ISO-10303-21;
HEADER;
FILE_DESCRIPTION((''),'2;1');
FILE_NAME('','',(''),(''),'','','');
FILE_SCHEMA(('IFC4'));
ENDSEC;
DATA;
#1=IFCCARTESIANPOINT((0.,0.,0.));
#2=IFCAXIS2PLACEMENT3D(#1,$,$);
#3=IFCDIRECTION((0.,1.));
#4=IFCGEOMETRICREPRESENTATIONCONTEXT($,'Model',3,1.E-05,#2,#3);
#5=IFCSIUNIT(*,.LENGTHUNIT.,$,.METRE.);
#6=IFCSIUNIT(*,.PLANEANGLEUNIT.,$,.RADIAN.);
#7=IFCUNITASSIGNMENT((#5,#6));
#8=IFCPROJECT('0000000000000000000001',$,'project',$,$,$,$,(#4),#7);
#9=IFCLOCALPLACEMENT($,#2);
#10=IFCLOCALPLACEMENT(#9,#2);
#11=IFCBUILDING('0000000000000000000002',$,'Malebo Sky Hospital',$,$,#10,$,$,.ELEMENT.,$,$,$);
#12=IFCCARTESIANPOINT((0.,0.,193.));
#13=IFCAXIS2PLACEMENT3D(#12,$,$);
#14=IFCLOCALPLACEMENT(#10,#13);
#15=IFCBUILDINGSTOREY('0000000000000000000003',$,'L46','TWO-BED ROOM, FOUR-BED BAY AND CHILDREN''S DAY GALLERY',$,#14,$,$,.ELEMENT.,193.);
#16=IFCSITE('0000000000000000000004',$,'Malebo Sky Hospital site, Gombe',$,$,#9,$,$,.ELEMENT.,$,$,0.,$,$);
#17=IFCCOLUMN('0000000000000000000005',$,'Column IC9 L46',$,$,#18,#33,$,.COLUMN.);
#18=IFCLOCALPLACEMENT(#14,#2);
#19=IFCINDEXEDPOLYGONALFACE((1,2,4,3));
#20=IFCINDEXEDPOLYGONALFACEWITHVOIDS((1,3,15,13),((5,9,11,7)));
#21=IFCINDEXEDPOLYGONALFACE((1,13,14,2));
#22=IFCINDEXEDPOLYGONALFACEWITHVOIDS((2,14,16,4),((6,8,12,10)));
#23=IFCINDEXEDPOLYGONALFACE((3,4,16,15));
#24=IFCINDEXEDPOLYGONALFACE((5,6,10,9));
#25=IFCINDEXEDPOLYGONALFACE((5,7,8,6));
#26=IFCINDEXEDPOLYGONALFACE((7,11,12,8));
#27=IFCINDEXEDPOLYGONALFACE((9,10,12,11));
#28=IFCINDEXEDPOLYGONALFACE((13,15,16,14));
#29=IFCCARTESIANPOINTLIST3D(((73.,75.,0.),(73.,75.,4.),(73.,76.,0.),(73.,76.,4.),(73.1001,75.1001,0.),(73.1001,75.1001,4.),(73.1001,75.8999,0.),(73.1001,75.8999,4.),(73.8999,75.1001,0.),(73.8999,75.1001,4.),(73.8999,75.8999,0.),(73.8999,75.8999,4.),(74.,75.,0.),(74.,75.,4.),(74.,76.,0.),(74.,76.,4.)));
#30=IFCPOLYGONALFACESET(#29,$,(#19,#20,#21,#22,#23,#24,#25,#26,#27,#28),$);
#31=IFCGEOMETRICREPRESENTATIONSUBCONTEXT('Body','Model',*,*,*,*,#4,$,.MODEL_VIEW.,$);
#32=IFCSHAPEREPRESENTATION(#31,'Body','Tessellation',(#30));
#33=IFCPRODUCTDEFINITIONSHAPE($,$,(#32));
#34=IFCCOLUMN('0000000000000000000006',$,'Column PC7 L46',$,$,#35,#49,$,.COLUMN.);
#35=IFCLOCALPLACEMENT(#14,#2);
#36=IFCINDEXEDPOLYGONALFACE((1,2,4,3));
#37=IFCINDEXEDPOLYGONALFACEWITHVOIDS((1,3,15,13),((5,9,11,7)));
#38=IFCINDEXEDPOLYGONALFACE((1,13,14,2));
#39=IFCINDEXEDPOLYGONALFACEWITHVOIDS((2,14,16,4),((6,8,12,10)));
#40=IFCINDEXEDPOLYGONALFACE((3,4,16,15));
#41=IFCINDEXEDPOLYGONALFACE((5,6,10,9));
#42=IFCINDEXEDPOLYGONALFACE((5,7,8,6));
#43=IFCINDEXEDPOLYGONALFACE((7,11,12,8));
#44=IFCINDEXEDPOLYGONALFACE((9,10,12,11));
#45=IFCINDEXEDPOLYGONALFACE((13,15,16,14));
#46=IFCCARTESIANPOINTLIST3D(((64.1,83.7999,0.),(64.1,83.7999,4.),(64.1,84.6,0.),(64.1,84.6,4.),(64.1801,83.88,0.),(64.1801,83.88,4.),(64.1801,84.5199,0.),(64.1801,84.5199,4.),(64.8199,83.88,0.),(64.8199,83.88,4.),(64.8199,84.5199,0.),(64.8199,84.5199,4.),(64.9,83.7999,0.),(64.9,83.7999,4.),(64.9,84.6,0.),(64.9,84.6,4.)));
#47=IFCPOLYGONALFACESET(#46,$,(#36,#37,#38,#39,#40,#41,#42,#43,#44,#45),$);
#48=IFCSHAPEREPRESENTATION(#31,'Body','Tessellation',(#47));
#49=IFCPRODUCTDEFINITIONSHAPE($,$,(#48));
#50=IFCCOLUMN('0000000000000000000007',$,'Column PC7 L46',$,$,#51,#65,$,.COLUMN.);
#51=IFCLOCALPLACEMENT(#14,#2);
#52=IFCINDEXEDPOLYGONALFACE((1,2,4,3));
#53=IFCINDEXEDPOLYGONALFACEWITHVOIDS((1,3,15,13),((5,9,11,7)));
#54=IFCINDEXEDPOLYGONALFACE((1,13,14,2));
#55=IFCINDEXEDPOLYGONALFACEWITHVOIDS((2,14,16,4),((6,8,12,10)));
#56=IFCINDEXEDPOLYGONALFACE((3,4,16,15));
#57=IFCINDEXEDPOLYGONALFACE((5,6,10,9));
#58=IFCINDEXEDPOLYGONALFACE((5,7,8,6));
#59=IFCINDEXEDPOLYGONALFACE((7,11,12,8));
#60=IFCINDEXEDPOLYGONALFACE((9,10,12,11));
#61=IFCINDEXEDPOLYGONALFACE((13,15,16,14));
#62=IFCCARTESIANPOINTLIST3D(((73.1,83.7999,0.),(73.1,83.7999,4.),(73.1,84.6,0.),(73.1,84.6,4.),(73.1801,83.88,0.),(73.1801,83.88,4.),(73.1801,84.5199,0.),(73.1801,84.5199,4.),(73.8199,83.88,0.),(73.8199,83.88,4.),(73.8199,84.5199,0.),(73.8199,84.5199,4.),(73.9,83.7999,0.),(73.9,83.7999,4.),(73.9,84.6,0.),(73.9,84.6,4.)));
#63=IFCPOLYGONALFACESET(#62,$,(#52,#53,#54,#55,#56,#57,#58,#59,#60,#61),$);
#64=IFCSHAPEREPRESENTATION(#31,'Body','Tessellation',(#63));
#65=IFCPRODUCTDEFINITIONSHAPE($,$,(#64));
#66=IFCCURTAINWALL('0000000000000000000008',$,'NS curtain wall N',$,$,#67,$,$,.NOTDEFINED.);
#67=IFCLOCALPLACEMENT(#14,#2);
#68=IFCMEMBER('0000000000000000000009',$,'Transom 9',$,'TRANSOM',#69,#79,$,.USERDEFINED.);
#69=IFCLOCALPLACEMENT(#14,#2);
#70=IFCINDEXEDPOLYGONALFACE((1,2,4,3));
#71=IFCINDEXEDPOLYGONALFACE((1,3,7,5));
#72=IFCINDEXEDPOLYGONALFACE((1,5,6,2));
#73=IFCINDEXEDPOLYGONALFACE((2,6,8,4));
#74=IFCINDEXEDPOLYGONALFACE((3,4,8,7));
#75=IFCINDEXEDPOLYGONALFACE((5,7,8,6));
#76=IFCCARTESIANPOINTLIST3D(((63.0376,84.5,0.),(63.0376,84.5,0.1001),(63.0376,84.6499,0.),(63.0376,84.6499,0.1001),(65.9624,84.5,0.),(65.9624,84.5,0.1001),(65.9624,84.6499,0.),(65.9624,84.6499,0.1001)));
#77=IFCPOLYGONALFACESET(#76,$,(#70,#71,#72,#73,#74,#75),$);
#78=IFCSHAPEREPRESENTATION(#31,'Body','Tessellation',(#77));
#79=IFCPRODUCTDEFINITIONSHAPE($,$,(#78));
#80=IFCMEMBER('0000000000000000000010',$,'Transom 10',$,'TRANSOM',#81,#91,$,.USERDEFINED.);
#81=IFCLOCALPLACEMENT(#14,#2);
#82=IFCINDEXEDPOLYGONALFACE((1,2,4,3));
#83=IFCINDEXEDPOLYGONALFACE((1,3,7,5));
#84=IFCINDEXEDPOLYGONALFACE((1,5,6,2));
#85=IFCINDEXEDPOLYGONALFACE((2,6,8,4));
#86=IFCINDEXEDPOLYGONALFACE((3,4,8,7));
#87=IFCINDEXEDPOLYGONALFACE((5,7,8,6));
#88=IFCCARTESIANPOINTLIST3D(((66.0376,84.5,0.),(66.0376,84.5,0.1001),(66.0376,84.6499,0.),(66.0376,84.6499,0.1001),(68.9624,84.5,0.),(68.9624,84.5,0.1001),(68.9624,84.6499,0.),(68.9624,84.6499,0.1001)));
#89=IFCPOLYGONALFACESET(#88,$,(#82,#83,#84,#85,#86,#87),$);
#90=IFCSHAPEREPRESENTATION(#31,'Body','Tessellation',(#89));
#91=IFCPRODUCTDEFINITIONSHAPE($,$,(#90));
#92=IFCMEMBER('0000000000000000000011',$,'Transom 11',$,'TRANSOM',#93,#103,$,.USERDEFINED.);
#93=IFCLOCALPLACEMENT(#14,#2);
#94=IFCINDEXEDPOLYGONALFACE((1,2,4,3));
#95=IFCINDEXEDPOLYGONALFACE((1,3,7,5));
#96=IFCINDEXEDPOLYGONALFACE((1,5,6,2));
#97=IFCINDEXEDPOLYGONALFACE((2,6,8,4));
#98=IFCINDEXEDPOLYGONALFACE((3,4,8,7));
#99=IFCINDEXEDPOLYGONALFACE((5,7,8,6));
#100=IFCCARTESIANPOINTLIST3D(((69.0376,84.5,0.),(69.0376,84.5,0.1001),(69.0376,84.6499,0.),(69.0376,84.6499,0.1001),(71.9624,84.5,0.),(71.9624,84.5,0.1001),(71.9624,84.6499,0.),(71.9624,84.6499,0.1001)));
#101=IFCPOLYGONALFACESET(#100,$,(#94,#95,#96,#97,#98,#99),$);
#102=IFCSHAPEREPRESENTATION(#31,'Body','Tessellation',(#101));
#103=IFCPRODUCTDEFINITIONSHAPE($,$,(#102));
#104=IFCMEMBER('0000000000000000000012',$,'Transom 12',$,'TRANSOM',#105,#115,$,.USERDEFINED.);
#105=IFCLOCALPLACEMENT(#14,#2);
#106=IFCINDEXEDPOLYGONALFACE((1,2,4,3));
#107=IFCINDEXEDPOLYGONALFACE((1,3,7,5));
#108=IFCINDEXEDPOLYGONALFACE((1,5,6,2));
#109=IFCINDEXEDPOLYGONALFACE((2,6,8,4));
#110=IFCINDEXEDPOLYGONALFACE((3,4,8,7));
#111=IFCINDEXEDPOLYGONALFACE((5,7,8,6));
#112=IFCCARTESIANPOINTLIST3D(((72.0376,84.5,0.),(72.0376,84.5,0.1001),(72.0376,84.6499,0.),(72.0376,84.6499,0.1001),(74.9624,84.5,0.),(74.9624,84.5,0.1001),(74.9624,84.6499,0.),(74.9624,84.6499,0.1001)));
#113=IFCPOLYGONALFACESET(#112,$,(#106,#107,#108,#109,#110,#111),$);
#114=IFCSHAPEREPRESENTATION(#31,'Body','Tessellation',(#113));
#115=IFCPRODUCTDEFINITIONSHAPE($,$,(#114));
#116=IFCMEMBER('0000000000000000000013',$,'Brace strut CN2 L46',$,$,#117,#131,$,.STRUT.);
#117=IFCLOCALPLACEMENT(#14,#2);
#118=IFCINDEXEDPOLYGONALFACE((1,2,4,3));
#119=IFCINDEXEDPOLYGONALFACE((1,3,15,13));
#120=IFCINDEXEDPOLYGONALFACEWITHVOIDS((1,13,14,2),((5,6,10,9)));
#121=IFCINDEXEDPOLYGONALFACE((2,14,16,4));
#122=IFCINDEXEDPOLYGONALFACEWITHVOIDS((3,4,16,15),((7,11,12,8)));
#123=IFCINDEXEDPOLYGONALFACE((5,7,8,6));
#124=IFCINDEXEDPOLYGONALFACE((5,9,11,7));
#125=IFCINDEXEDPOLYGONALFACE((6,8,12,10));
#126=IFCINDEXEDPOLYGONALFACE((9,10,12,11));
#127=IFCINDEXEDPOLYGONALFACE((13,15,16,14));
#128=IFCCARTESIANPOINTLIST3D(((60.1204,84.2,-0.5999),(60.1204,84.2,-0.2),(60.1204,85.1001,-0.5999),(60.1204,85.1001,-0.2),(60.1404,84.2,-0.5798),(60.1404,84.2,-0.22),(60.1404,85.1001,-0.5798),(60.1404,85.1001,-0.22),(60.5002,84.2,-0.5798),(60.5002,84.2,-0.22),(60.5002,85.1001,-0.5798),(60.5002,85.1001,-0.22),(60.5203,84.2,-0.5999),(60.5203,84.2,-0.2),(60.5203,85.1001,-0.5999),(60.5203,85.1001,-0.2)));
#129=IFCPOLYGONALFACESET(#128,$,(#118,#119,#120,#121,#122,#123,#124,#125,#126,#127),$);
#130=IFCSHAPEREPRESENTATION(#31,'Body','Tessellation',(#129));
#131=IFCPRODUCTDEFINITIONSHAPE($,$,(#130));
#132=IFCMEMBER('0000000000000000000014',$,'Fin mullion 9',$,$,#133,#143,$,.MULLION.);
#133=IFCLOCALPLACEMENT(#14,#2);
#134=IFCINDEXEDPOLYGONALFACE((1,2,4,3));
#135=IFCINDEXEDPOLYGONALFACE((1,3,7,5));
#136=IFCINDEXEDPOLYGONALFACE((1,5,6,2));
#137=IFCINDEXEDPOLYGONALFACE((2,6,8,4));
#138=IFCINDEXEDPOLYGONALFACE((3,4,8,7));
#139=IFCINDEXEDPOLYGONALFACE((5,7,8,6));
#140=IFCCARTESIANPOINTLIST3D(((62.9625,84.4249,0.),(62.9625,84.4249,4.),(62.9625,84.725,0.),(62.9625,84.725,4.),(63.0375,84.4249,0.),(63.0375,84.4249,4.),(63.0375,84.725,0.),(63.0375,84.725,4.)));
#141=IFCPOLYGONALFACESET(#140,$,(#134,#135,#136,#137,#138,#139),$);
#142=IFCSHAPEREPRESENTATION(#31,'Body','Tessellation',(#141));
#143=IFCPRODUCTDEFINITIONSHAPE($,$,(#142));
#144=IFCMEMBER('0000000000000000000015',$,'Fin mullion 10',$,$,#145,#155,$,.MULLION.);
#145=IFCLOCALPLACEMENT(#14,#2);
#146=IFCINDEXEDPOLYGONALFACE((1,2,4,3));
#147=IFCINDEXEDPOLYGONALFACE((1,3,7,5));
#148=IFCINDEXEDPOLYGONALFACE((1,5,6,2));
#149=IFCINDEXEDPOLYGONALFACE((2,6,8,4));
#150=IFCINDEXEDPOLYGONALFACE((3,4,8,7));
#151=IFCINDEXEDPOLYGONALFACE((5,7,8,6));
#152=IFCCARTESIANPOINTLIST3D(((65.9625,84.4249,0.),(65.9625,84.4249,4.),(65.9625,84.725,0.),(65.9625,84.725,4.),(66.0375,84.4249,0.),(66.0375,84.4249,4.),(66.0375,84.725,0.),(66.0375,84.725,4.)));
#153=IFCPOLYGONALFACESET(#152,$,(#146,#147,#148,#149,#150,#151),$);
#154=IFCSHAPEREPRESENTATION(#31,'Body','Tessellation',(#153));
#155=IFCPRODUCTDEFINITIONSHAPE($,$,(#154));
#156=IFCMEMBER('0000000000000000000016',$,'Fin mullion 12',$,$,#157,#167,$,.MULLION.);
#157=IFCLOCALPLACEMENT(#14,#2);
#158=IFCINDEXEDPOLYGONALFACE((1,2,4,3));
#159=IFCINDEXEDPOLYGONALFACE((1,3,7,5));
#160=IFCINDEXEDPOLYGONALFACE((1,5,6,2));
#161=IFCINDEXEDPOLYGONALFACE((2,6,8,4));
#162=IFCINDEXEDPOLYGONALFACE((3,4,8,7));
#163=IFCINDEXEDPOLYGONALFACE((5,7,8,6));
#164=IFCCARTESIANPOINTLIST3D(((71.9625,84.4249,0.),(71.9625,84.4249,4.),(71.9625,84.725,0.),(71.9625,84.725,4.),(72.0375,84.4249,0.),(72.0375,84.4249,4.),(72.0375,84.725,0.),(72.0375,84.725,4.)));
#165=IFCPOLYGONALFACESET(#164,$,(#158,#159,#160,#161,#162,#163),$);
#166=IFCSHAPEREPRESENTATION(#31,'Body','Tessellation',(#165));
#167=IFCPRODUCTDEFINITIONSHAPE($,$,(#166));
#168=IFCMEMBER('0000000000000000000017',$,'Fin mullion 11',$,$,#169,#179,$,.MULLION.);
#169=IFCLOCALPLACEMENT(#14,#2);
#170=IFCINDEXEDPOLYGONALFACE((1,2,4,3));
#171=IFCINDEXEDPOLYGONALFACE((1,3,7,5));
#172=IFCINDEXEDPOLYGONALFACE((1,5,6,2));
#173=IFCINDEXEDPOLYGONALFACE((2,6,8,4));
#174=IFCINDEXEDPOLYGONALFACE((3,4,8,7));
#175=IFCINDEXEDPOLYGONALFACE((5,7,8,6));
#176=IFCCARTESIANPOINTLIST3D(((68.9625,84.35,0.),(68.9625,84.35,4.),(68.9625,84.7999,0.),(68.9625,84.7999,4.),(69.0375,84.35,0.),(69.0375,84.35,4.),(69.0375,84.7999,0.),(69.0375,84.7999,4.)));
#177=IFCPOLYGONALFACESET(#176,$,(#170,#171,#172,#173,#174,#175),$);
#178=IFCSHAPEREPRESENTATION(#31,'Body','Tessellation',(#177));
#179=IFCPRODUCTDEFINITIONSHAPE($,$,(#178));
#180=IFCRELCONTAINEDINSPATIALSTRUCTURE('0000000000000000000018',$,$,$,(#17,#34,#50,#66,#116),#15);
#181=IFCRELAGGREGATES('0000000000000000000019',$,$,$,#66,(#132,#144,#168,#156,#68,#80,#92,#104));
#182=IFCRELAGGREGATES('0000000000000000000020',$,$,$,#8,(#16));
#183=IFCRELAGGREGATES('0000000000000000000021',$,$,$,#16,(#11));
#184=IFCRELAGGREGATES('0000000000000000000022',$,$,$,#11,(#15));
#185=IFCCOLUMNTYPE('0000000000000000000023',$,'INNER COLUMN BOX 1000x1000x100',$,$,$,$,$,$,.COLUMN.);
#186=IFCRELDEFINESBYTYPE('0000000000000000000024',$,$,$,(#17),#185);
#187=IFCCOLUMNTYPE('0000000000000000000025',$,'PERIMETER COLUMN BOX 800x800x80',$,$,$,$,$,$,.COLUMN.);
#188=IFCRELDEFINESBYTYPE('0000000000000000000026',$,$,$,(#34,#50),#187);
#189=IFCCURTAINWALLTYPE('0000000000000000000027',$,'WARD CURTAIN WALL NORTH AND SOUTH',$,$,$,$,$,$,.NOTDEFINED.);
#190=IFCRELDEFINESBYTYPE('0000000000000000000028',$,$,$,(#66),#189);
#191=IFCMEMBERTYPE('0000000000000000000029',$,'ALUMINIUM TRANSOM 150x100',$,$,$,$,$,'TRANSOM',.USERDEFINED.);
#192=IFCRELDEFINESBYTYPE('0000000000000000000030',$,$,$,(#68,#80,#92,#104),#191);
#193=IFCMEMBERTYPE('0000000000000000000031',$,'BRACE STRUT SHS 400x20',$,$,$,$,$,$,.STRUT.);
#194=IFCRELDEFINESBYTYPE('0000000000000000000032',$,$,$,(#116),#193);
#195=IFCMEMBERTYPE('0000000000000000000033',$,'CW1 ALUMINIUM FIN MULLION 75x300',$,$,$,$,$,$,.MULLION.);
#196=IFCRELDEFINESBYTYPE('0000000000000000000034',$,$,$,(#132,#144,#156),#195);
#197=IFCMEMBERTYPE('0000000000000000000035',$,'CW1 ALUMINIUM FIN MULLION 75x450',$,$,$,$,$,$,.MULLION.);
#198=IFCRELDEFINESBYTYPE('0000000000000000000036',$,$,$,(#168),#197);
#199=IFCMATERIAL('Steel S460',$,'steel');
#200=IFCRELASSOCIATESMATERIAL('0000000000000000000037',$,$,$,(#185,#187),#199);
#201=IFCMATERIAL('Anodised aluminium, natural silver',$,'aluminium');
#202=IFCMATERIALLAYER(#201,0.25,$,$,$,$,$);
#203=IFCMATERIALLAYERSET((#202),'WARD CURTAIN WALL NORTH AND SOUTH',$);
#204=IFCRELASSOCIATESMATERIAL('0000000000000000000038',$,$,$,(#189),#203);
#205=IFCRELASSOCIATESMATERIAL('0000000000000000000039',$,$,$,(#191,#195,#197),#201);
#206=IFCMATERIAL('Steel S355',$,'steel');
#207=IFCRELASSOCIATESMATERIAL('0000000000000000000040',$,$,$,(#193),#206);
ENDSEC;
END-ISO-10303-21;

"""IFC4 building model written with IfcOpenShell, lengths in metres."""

from ifc_helpers import new_model, si_unit, direction, frame, origin, origin_2d, place, context, subcontext, project, spatial, rectangle, hollow_rectangle, extrude, material, layer, layer_set, material_profile, profile_set, type_object, element, aggregate, save


model = new_model("IFC4")

# Units and contexts
model_context = context("Model", 3, precision=1e-05, world=origin(), true_north=direction((0.0, 1.0)))
body_context = subcontext(model_context, "Body", "Model", "MODEL_VIEW")
ifc_project = project(units=[si_unit("LENGTHUNIT", "METRE"), si_unit("PLANEANGLEUNIT", "RADIAN")], contexts=[model_context])

# Site, building, storey
site_placement = place(None, origin())
site = spatial("IfcSite", under=ifc_project, at=site_placement, Name="Malebo Sky Hospital site, Gombe", CompositionType="ELEMENT", RefElevation=0.0)
building_placement = place(site_placement, origin())
building = spatial("IfcBuilding", under=site, at=building_placement, Name="Malebo Sky Hospital", CompositionType="ELEMENT")
storey_placement = place(building_placement, frame((0.0, 0.0, 193.0)))
storey = spatial("IfcBuildingStorey", under=building, at=storey_placement, Name="L46", Description="TWO-BED ROOM, FOUR-BED BAY AND CHILDREN'S DAY GALLERY", CompositionType="ELEMENT", Elevation=193.0)

# Columns
ifc_material_1 = material(Name="Steel S460", Category="steel")
ifc_material_profile_1 = material_profile(ifc_material_1, hollow_rectangle(XDim=1.0, YDim=1.0, WallThickness=0.1001, at=origin_2d()), Name="BOX 1000x1000x100")
ifc_profile_set_1 = profile_set([ifc_material_profile_1], Name="Steel S460")
column_type_1 = type_object("IfcColumnType", Name="INNER COLUMN BOX 1000x1000x100", PredefinedType="COLUMN", material=ifc_profile_set_1)
column_placement = place(storey_placement, frame((73.5, 75.5, 0.0), z_axis=(0.0, 0.0, 1.0), x_axis=(1.0, 0.0, 0.0)))
element("IfcColumn", 1, at=column_placement, inside=storey, type_object=column_type_1, Name="Column IC9 L46", PredefinedType="COLUMN", context=body_context, shape_type="SweptSolid", body=[
    extrude(hollow_rectangle(XDim=1.0, YDim=1.0, WallThickness=0.1001, at=origin_2d()), origin(), (0.0, 0.0, 1.0), 4.0),
])
ifc_material_profile_2 = material_profile(ifc_material_1, hollow_rectangle(XDim=0.8, YDim=0.8, WallThickness=0.0801, at=origin_2d()), Name="BOX 800x800x80")
ifc_profile_set_2 = profile_set([ifc_material_profile_2], Name="Steel S460")
column_type_2 = type_object("IfcColumnType", Name="PERIMETER COLUMN BOX 800x800x80", PredefinedType="COLUMN", material=ifc_profile_set_2)
for number, where, z_axis, x_axis, name in (
    (2, (64.5, 84.2, 0.0), (0.0, 0.0, 1.0), (1.0, 0.0, 0.0), "Column PC7 L46"),
    (3, (73.5, 84.2, 0.0), (0.0, 0.0, 1.0), (1.0, 0.0, 0.0), "Column PC7 L46"),
):
    element("IfcColumn", number, at=place(storey_placement, frame(where, z_axis=z_axis, x_axis=x_axis)), inside=storey, type_object=column_type_2, Name=name, PredefinedType="COLUMN", context=body_context, shape_type="SweptSolid", body=[
        extrude(hollow_rectangle(XDim=0.8, YDim=0.8, WallThickness=0.0801, at=origin_2d()), origin(), (0.0, 0.0, 1.0), 4.0),
    ])

# Curtain wall, members
ifc_material_2 = material(Name="Anodised aluminium, natural silver", Category="aluminium")
ifc_layer_1 = layer(ifc_material_2, 0.25)
ifc_layer_set_1 = layer_set([ifc_layer_1], Name="WARD CURTAIN WALL NORTH AND SOUTH")
curtain_wall_type = type_object("IfcCurtainWallType", Name="WARD CURTAIN WALL NORTH AND SOUTH", PredefinedType="NOTDEFINED", material=ifc_layer_set_1)
curtain_wall_placement = place(storey_placement, origin())
curtain_wall = element("IfcCurtainWall", 4, at=curtain_wall_placement, inside=storey, type_object=curtain_wall_type, Name="NS curtain wall N", PredefinedType="NOTDEFINED")
ifc_material_profile_3 = material_profile(ifc_material_2, rectangle(XDim=0.1499, YDim=0.1001, at=origin_2d()), Name="ALUMINIUM TRANSOM 150x100")
ifc_profile_set_3 = profile_set([ifc_material_profile_3], Name="Anodised aluminium, natural silver")
member_type_1 = type_object("IfcMemberType", Name="ALUMINIUM TRANSOM 150x100", ElementType="TRANSOM", PredefinedType="USERDEFINED", material=ifc_profile_set_3)
member_1_placement = place(storey_placement, frame((63.0376, 84.575, 0.05), z_axis=(1.0, 0.0, 0.0), x_axis=(0.0, 1.0, 0.0)))
member_1 = element("IfcMember", 5, at=member_1_placement, type_object=member_type_1, Name="Transom 9", ObjectType="TRANSOM", PredefinedType="USERDEFINED", context=body_context, shape_type="SweptSolid", body=[
    extrude(rectangle(XDim=0.1499, YDim=0.1001, at=origin_2d()), origin(), (0.0, 0.0, 1.0), 2.9248),
])
member_2_placement = place(storey_placement, frame((66.0376, 84.575, 0.05), z_axis=(1.0, 0.0, 0.0), x_axis=(0.0, 1.0, 0.0)))
member_2 = element("IfcMember", 6, at=member_2_placement, type_object=member_type_1, Name="Transom 10", ObjectType="TRANSOM", PredefinedType="USERDEFINED", context=body_context, shape_type="SweptSolid", body=[
    extrude(rectangle(XDim=0.1499, YDim=0.1001, at=origin_2d()), origin(), (0.0, 0.0, 1.0), 2.9248),
])
member_3_placement = place(storey_placement, frame((69.0376, 84.575, 0.05), z_axis=(1.0, 0.0, 0.0), x_axis=(0.0, 1.0, 0.0)))
member_3 = element("IfcMember", 7, at=member_3_placement, type_object=member_type_1, Name="Transom 11", ObjectType="TRANSOM", PredefinedType="USERDEFINED", context=body_context, shape_type="SweptSolid", body=[
    extrude(rectangle(XDim=0.1499, YDim=0.1001, at=origin_2d()), origin(), (0.0, 0.0, 1.0), 2.9248),
])
member_4_placement = place(storey_placement, frame((72.0376, 84.575, 0.05), z_axis=(1.0, 0.0, 0.0), x_axis=(0.0, 1.0, 0.0)))
member_4 = element("IfcMember", 8, at=member_4_placement, type_object=member_type_1, Name="Transom 12", ObjectType="TRANSOM", PredefinedType="USERDEFINED", context=body_context, shape_type="SweptSolid", body=[
    extrude(rectangle(XDim=0.1499, YDim=0.1001, at=origin_2d()), origin(), (0.0, 0.0, 1.0), 2.9248),
])

# Members
ifc_material_3 = material(Name="Steel S355", Category="steel")
ifc_material_profile_4 = material_profile(ifc_material_3, hollow_rectangle(XDim=0.3999, YDim=0.3999, WallThickness=0.02, at=origin_2d()), Name="SHS 400x20")
ifc_profile_set_4 = profile_set([ifc_material_profile_4], Name="Steel S355")
member_type_2 = type_object("IfcMemberType", Name="BRACE STRUT SHS 400x20", PredefinedType="STRUT", material=ifc_profile_set_4)
member_5_placement = place(storey_placement, frame((60.3203, 85.1001, -0.3999), z_axis=(0.0, -1.0, 0.0), x_axis=(1.0, 0.0, 0.0)))
element("IfcMember", 9, at=member_5_placement, inside=storey, type_object=member_type_2, Name="Brace strut CN2 L46", PredefinedType="STRUT", context=body_context, shape_type="SweptSolid", body=[
    extrude(hollow_rectangle(XDim=0.3999, YDim=0.3999, WallThickness=0.02, at=origin_2d()), origin(), (0.0, 0.0, 1.0), 0.9001),
])
ifc_material_profile_5 = material_profile(ifc_material_2, rectangle(XDim=0.075, YDim=0.3, at=origin_2d()), Name="CW1 ALUMINIUM FIN MULLION 75x300")
ifc_profile_set_5 = profile_set([ifc_material_profile_5], Name="Anodised aluminium, natural silver")
member_type_3 = type_object("IfcMemberType", Name="CW1 ALUMINIUM FIN MULLION 75x300", PredefinedType="MULLION", material=ifc_profile_set_5)
member_6_placement = place(storey_placement, frame((63.0, 84.575, 0.0), z_axis=(0.0, 0.0, 1.0), x_axis=(1.0, 0.0, 0.0)))
member_6 = element("IfcMember", 10, at=member_6_placement, type_object=member_type_3, Name="Fin mullion 9", PredefinedType="MULLION", context=body_context, shape_type="SweptSolid", body=[
    extrude(rectangle(XDim=0.075, YDim=0.3, at=origin_2d()), origin(), (0.0, 0.0, 1.0), 4.0),
])
member_7_placement = place(storey_placement, frame((66.0, 84.575, 0.0), z_axis=(0.0, 0.0, 1.0), x_axis=(1.0, 0.0, 0.0)))
member_7 = element("IfcMember", 11, at=member_7_placement, type_object=member_type_3, Name="Fin mullion 10", PredefinedType="MULLION", context=body_context, shape_type="SweptSolid", body=[
    extrude(rectangle(XDim=0.075, YDim=0.3, at=origin_2d()), origin(), (0.0, 0.0, 1.0), 4.0),
])
member_8_placement = place(storey_placement, frame((72.0, 84.575, 0.0), z_axis=(0.0, 0.0, 1.0), x_axis=(1.0, 0.0, 0.0)))
member_8 = element("IfcMember", 12, at=member_8_placement, type_object=member_type_3, Name="Fin mullion 12", PredefinedType="MULLION", context=body_context, shape_type="SweptSolid", body=[
    extrude(rectangle(XDim=0.075, YDim=0.3, at=origin_2d()), origin(), (0.0, 0.0, 1.0), 4.0),
])
ifc_material_profile_6 = material_profile(ifc_material_2, rectangle(XDim=0.075, YDim=0.45, at=origin_2d()), Name="CW1 ALUMINIUM FIN MULLION 75x450")
ifc_profile_set_6 = profile_set([ifc_material_profile_6], Name="Anodised aluminium, natural silver")
member_type_4 = type_object("IfcMemberType", Name="CW1 ALUMINIUM FIN MULLION 75x450", PredefinedType="MULLION", material=ifc_profile_set_6)
member_9_placement = place(storey_placement, frame((69.0, 84.575, 0.0), z_axis=(0.0, 0.0, 1.0), x_axis=(1.0, 0.0, 0.0)))
member_9 = element("IfcMember", 13, at=member_9_placement, type_object=member_type_4, Name="Fin mullion 11", PredefinedType="MULLION", context=body_context, shape_type="SweptSolid", body=[
    extrude(rectangle(XDim=0.075, YDim=0.45, at=origin_2d()), origin(), (0.0, 0.0, 1.0), 4.0),
])

aggregate(curtain_wall, [member_6, member_7, member_9, member_8, member_1, member_2, member_3, member_4])

save(model, "model.ifc")
